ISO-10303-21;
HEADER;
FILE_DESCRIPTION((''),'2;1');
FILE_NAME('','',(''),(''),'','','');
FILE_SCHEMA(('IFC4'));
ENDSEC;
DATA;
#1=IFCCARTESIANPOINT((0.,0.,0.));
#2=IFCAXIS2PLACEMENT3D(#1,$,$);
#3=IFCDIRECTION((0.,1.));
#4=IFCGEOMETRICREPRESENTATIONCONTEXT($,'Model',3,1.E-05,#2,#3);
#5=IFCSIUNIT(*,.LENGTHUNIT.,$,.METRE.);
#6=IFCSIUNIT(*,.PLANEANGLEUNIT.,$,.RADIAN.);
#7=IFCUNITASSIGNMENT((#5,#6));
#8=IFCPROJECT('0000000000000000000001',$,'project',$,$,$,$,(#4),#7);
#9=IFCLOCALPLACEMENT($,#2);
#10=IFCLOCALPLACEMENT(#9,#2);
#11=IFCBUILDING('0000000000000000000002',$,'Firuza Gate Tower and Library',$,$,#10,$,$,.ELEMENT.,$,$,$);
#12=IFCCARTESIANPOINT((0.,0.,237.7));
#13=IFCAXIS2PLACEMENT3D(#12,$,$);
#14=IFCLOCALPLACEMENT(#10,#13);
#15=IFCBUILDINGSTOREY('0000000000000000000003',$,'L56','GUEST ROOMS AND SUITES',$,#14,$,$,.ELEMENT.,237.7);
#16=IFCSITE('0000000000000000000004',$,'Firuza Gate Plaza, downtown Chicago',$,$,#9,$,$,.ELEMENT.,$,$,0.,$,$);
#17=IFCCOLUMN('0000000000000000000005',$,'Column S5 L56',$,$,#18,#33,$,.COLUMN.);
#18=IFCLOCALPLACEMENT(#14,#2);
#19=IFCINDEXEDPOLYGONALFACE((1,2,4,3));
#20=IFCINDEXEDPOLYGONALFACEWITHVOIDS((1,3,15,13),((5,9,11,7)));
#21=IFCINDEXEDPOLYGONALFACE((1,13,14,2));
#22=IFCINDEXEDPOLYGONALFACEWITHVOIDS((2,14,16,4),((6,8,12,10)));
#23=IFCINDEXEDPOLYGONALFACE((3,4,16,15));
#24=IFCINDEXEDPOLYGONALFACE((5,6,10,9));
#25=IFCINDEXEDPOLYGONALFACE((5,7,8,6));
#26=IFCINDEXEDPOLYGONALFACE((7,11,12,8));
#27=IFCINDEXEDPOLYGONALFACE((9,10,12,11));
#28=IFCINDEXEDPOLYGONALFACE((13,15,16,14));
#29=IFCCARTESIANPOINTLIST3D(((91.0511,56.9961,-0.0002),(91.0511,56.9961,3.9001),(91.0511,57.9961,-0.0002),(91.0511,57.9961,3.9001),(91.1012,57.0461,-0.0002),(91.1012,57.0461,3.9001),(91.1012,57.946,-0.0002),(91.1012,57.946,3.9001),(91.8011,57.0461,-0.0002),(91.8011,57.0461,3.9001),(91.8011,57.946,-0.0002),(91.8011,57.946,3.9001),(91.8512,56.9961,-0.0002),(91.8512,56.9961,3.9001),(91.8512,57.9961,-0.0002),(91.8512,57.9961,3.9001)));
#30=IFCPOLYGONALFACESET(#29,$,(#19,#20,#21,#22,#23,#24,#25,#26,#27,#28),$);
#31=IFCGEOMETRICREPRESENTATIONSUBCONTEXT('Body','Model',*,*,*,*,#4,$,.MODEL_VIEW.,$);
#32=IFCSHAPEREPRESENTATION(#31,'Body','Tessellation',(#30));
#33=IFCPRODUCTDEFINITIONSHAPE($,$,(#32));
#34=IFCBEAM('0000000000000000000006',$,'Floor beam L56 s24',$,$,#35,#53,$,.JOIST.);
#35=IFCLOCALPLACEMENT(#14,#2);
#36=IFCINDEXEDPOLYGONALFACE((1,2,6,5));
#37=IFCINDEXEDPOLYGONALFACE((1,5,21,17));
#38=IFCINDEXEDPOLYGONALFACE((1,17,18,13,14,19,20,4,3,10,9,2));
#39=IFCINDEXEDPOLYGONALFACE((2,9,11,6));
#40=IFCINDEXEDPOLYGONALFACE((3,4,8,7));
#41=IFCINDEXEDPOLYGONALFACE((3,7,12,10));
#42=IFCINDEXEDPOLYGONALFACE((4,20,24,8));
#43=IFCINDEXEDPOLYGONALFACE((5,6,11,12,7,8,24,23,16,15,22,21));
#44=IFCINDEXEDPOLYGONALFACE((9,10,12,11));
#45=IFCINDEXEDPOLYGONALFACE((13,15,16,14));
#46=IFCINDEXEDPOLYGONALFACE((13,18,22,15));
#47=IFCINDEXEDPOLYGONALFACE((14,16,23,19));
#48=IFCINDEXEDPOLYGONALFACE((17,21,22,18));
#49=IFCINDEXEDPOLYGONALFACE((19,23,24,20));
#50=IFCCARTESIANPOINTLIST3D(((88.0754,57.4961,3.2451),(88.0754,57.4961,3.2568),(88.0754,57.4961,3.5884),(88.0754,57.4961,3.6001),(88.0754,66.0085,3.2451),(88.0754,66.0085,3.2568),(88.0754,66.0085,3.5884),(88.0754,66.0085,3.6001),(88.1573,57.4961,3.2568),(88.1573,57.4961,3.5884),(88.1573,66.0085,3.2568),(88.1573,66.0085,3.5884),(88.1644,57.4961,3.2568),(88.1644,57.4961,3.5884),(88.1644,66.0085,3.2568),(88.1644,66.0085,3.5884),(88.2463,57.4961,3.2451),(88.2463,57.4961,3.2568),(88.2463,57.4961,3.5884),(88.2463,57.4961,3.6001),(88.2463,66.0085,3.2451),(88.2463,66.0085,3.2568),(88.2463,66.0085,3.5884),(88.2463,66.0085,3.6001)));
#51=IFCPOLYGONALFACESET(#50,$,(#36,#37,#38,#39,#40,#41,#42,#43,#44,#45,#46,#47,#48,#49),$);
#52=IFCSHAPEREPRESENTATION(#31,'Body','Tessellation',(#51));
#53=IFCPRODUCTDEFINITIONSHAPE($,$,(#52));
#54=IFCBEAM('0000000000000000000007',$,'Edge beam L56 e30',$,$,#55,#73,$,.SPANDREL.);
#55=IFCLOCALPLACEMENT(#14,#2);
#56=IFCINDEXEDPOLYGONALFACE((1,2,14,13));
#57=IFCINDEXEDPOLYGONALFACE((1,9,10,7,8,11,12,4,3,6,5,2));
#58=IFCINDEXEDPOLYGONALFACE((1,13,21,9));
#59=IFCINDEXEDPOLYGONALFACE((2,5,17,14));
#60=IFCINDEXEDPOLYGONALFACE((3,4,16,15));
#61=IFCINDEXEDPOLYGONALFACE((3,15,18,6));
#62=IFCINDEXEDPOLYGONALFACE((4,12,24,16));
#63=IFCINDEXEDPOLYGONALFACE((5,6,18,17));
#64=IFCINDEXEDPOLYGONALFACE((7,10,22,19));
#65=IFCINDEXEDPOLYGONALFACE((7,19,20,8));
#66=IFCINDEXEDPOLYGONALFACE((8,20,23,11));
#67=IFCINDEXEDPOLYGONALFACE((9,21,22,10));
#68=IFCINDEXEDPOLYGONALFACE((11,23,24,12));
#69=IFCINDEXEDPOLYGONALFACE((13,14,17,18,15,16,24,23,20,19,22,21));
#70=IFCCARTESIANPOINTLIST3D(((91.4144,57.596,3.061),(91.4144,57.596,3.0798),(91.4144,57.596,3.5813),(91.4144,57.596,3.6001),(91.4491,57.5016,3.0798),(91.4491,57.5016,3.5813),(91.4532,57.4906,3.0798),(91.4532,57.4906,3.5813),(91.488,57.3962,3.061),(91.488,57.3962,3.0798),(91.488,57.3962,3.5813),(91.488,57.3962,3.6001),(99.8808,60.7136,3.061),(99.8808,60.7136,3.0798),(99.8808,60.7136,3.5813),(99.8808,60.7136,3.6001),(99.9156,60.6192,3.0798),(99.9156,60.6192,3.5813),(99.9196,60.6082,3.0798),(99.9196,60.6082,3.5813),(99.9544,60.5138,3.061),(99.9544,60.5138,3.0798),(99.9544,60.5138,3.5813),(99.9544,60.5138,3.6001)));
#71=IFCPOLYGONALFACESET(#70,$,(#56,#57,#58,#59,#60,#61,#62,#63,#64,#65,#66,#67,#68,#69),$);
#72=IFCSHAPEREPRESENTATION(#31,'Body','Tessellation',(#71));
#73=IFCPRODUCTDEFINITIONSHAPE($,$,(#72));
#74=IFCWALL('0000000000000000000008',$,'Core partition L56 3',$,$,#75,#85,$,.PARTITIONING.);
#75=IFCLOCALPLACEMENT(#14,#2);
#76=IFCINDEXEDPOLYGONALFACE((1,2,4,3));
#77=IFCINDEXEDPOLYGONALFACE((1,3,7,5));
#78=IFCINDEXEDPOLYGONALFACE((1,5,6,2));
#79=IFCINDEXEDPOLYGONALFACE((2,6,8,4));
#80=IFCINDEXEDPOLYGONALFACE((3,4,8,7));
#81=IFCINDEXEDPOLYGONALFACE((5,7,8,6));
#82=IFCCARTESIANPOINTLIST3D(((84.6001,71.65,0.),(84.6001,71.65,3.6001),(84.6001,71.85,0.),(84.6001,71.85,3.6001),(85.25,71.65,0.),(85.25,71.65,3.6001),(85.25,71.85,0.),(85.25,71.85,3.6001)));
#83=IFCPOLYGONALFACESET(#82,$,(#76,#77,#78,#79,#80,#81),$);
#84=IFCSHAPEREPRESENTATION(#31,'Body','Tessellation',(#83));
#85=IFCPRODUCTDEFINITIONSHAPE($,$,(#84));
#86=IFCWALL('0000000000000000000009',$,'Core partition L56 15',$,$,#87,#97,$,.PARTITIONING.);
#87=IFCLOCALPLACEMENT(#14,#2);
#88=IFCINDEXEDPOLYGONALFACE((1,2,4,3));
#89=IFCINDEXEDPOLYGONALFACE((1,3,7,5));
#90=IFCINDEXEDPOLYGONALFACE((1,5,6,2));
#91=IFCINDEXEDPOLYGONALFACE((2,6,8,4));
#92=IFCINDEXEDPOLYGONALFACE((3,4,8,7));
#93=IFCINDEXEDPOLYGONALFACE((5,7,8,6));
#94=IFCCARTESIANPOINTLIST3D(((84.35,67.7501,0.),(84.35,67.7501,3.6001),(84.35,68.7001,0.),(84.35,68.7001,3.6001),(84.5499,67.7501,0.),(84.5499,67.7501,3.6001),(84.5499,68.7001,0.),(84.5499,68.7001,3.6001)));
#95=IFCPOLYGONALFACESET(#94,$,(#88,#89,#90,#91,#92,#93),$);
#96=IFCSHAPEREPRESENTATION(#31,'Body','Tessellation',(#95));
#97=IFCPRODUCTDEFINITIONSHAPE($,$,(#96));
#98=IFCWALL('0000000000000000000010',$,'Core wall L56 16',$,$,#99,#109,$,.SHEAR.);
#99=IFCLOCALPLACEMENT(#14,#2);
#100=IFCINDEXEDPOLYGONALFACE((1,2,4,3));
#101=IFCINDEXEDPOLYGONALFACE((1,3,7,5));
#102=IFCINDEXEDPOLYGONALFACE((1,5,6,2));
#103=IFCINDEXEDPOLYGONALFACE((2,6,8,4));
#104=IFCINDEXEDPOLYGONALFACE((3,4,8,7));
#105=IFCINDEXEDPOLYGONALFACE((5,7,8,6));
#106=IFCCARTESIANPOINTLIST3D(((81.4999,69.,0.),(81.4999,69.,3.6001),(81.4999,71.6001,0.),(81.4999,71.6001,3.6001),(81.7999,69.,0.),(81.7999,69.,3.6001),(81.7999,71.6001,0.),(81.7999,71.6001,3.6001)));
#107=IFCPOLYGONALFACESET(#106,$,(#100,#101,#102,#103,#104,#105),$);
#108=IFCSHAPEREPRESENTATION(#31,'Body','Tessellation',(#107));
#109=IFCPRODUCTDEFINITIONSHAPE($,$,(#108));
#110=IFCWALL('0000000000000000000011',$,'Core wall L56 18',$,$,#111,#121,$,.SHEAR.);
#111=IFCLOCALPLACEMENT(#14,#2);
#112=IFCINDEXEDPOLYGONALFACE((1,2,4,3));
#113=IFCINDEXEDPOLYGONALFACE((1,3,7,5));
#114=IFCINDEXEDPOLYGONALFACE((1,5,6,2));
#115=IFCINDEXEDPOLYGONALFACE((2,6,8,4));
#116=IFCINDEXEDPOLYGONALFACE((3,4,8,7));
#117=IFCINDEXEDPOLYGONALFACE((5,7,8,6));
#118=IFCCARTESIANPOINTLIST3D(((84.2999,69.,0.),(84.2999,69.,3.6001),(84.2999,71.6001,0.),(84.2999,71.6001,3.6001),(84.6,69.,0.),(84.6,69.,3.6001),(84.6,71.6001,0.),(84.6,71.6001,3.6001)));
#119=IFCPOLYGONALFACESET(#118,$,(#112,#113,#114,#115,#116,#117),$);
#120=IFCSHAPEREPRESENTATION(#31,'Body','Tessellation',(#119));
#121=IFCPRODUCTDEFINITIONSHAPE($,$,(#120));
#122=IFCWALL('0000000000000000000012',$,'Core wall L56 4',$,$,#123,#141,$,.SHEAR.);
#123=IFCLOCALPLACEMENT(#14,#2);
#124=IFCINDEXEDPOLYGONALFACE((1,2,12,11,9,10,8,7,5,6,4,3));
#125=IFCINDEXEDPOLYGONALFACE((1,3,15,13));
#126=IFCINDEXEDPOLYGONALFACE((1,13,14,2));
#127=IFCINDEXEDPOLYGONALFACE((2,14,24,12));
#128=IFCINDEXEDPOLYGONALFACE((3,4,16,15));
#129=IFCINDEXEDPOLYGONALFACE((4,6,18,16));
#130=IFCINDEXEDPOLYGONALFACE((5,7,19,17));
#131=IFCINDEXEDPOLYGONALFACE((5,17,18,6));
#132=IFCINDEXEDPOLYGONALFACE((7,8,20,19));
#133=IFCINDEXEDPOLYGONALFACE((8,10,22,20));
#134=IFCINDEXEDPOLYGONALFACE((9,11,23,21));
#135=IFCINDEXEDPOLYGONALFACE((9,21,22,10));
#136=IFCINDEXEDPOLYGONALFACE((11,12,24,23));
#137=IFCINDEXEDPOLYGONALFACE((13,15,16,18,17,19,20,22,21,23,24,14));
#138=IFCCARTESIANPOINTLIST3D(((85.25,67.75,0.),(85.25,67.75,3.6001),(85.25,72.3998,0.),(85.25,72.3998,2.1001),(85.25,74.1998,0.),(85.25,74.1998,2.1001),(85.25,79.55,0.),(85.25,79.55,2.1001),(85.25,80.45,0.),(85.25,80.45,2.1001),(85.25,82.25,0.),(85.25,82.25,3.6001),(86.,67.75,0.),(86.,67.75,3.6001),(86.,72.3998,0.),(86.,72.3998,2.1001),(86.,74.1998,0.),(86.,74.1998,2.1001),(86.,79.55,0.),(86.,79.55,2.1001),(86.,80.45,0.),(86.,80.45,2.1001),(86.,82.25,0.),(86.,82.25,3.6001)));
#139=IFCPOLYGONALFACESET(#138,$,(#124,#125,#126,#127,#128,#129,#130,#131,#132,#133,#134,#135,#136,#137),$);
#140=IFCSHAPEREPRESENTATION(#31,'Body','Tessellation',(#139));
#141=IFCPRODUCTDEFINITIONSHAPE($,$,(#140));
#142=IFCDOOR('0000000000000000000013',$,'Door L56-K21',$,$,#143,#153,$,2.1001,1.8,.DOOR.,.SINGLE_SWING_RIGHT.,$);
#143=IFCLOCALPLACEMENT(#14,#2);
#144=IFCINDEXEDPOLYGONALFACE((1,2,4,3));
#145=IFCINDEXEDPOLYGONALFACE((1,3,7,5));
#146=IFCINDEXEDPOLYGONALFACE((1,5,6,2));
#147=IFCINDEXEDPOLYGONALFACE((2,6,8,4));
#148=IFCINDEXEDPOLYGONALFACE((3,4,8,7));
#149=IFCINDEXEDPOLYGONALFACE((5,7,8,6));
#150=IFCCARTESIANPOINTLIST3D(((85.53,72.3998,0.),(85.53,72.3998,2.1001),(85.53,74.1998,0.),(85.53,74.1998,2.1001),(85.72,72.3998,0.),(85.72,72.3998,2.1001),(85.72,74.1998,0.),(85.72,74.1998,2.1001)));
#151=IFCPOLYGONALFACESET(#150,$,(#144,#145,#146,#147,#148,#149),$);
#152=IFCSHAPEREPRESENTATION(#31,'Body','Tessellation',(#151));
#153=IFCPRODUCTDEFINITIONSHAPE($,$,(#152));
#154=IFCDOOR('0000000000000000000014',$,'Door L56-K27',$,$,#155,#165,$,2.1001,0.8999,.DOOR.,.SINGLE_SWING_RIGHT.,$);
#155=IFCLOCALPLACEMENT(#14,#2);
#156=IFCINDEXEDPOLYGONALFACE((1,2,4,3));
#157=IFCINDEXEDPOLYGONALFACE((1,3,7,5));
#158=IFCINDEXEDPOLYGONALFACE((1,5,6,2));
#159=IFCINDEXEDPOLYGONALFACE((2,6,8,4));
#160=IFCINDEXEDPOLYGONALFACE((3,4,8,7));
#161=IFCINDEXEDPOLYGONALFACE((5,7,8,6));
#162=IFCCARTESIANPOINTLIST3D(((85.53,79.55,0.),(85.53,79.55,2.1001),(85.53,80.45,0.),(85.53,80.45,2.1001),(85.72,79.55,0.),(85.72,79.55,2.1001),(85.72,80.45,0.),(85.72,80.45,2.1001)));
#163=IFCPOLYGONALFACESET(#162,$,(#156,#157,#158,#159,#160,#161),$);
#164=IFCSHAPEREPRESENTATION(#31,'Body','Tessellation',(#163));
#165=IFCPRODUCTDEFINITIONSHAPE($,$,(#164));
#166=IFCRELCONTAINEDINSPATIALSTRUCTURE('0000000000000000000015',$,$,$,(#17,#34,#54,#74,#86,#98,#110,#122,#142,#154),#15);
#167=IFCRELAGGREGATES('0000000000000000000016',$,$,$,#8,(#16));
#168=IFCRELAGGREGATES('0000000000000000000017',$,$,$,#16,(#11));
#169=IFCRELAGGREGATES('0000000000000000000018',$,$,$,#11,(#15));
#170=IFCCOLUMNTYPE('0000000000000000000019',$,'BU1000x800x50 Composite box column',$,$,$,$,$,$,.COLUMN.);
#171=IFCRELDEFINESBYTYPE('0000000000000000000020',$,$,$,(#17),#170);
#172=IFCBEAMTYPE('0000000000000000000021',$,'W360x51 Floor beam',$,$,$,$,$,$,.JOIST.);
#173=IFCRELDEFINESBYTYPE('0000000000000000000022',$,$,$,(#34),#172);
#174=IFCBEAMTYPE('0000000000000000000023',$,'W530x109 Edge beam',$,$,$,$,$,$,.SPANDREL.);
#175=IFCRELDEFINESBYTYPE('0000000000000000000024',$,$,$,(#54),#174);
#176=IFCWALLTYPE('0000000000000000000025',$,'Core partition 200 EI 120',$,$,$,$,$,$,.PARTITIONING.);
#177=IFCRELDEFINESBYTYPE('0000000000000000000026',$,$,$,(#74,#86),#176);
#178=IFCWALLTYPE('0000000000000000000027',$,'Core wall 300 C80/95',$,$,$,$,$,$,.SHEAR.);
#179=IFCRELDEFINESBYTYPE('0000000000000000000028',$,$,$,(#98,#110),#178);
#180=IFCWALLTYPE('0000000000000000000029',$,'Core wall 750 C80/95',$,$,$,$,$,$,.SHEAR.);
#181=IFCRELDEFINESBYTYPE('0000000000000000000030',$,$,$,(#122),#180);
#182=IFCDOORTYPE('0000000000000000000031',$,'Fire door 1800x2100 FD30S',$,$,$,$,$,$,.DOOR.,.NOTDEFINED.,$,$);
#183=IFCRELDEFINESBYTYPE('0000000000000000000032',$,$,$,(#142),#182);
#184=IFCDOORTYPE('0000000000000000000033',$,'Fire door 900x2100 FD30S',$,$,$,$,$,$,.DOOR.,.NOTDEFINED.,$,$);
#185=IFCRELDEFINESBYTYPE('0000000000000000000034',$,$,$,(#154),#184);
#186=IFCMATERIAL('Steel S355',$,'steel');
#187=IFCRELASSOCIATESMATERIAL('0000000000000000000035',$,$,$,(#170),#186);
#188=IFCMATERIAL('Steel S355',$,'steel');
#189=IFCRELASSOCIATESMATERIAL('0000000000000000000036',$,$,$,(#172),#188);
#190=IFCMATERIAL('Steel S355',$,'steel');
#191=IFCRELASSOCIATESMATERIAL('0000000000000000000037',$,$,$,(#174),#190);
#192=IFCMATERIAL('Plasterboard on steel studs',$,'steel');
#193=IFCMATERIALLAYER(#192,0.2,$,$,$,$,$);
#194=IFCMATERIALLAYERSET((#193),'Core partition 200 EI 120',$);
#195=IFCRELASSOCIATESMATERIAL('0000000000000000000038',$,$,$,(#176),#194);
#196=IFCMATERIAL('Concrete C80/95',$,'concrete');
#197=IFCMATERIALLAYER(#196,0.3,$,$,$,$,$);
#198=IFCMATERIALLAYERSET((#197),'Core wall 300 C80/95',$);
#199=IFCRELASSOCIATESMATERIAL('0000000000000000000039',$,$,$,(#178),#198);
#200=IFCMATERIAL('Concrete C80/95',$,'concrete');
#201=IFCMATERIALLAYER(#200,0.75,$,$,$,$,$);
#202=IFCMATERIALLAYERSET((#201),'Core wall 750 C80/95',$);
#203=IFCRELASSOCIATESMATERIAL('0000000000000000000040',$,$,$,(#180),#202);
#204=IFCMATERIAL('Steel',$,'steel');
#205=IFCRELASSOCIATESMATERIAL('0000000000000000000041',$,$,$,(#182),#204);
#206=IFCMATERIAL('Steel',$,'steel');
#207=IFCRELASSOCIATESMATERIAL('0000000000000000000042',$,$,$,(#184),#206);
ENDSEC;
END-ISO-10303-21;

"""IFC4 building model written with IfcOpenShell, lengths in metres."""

from ifc_helpers import new_model, si_unit, direction, frame, frame_2d, origin, origin_2d, place, context, subcontext, project, spatial, rectangle, hollow_rectangle, i_section, extrude, material, layer, layer_set, material_profile, profile_set, type_object, element, fill, save


model = new_model("IFC4")

# Units and contexts
model_context = context("Model", 3, precision=1e-05, world=origin(), true_north=direction((0.0, 1.0)))
body_context = subcontext(model_context, "Body", "Model", "MODEL_VIEW")
ifc_project = project(units=[si_unit("LENGTHUNIT", "METRE"), si_unit("PLANEANGLEUNIT", "RADIAN")], contexts=[model_context])

# Site, building, storey
site_placement = place(None, origin())
site = spatial("IfcSite", under=ifc_project, at=site_placement, Name="Firuza Gate Plaza, downtown Chicago", CompositionType="ELEMENT", RefElevation=0.0)
building_placement = place(site_placement, origin())
building = spatial("IfcBuilding", under=site, at=building_placement, Name="Firuza Gate Tower and Library", CompositionType="ELEMENT")
storey_placement = place(building_placement, frame((0.0, 0.0, 237.7)))
storey = spatial("IfcBuildingStorey", under=building, at=storey_placement, Name="L56", Description="GUEST ROOMS AND SUITES", CompositionType="ELEMENT", Elevation=237.7)

# Column
ifc_material_1 = material(Name="Steel S355", Category="steel")
ifc_material_profile_1 = material_profile(ifc_material_1, hollow_rectangle(XDim=0.8, YDim=1.0, WallThickness=0.05, at=origin_2d()))
ifc_profile_set_1 = profile_set([ifc_material_profile_1], Name="Steel S355")
column_type = type_object("IfcColumnType", Name="BU1000x800x50 Composite box column", PredefinedType="COLUMN", material=ifc_profile_set_1)
column_placement = place(storey_placement, frame((91.4512, 57.4961, -0.0002), z_axis=(0.0, 0.0, 1.0), x_axis=(1.0, 0.0, 0.0)))
element("IfcColumn", 1, at=column_placement, inside=storey, type_object=column_type, Name="Column S5 L56", PredefinedType="COLUMN", context=body_context, shape_type="SweptSolid", body=[
    extrude(hollow_rectangle(XDim=0.8, YDim=1.0, WallThickness=0.05, at=origin_2d()), origin(), (0.0, 0.0, 1.0), 3.9004),
])

# Beams
ifc_material_2 = material(Name="Steel S355", Category="steel")
ifc_material_profile_2 = material_profile(ifc_material_2, i_section(OverallWidth=0.1709, OverallDepth=0.355, WebThickness=0.0071, FlangeThickness=0.0117, at=origin_2d()))
ifc_profile_set_2 = profile_set([ifc_material_profile_2], Name="Steel S355")
beam_type_1 = type_object("IfcBeamType", Name="W360x51 Floor beam", PredefinedType="JOIST", material=ifc_profile_set_2)
beam_1_placement = place(storey_placement, frame((88.1609, 57.4961, 3.4226), z_axis=(0.0, 1.0, 0.0), x_axis=(-1.0, 0.0, 0.0)))
element("IfcBeam", 2, at=beam_1_placement, inside=storey, type_object=beam_type_1, Name="Floor beam L56 s24", PredefinedType="JOIST", context=body_context, shape_type="SweptSolid", body=[
    extrude(i_section(OverallWidth=0.1709, OverallDepth=0.355, WebThickness=0.0071, FlangeThickness=0.0117, at=origin_2d()), origin(), (0.0, 0.0, 1.0), 8.5125),
])
ifc_material_3 = material(Name="Steel S355", Category="steel")
ifc_material_profile_3 = material_profile(ifc_material_3, i_section(OverallWidth=0.2129, OverallDepth=0.5391, WebThickness=0.0117, FlangeThickness=0.0188, at=origin_2d()))
ifc_profile_set_3 = profile_set([ifc_material_profile_3], Name="Steel S355")
beam_type_2 = type_object("IfcBeamType", Name="W530x109 Edge beam", PredefinedType="SPANDREL", material=ifc_profile_set_3)
beam_2_placement = place(storey_placement, frame((91.4512, 57.4961, 3.3306), z_axis=(0.9384, 0.345551, 0.0), x_axis=(-0.345551, 0.9384, 0.0)))
element("IfcBeam", 3, at=beam_2_placement, inside=storey, type_object=beam_type_2, Name="Edge beam L56 e30", PredefinedType="SPANDREL", context=body_context, shape_type="SweptSolid", body=[
    extrude(i_section(OverallWidth=0.2129, OverallDepth=0.5391, WebThickness=0.0117, FlangeThickness=0.0188, at=origin_2d()), origin(), (0.0, 0.0, 1.0), 9.0222),
])

# Walls
ifc_material_4 = material(Name="Plasterboard on steel studs", Category="steel")
ifc_layer_1 = layer(ifc_material_4, 0.2)
ifc_layer_set_1 = layer_set([ifc_layer_1], Name="Core partition 200 EI 120")
wall_type_1 = type_object("IfcWallType", Name="Core partition 200 EI 120", PredefinedType="PARTITIONING", material=ifc_layer_set_1)
wall_1_placement = place(storey_placement, frame((84.6001, 71.75, 0.0), z_axis=(0.0, 0.0, 1.0), x_axis=(1.0, 0.0, 0.0)))
element("IfcWall", 4, at=wall_1_placement, inside=storey, type_object=wall_type_1, Name="Core partition L56 3", PredefinedType="PARTITIONING", context=body_context, shape_type="SweptSolid", body=[
    extrude(rectangle(XDim=0.6499, YDim=0.2, at=frame_2d((0.325, 0.0))), origin(), (0.0, 0.0, 1.0), 3.6001),
])
wall_2_placement = place(storey_placement, frame((84.45, 67.75, 0.0), z_axis=(0.0, 0.0, 1.0), x_axis=(0.0, 1.0, 0.0)))
element("IfcWall", 5, at=wall_2_placement, inside=storey, type_object=wall_type_1, Name="Core partition L56 15", PredefinedType="PARTITIONING", context=body_context, shape_type="SweptSolid", body=[
    extrude(rectangle(XDim=0.95, YDim=0.2, at=frame_2d((0.4751, 0.0))), origin(), (0.0, 0.0, 1.0), 3.6001),
])
ifc_material_5 = material(Name="Concrete C80/95", Category="concrete")
ifc_layer_2 = layer(ifc_material_5, 0.3)
ifc_layer_set_2 = layer_set([ifc_layer_2], Name="Core wall 300 C80/95")
wall_type_2 = type_object("IfcWallType", Name="Core wall 300 C80/95", PredefinedType="SHEAR", material=ifc_layer_set_2)
for number, where, z_axis, x_axis, name in (
    (6, (81.6499, 69.0, 0.0), (0.0, 0.0, 1.0), (0.0, 1.0, 0.0), "Core wall L56 16"),
    (7, (84.45, 69.0, 0.0), (0.0, 0.0, 1.0), (0.0, 1.0, 0.0), "Core wall L56 18"),
):
    element("IfcWall", number, at=place(storey_placement, frame(where, z_axis=z_axis, x_axis=x_axis)), inside=storey, type_object=wall_type_2, Name=name, PredefinedType="SHEAR", context=body_context, shape_type="SweptSolid", body=[
        extrude(rectangle(XDim=2.6001, YDim=0.3, at=frame_2d((1.3, 0.0))), origin(), (0.0, 0.0, 1.0), 3.6001),
    ])

# Wall, openings, doors
ifc_material_6 = material(Name="Concrete C80/95", Category="concrete")
ifc_layer_3 = layer(ifc_material_6, 0.75)
ifc_layer_set_3 = layer_set([ifc_layer_3], Name="Core wall 750 C80/95")
wall_type_3 = type_object("IfcWallType", Name="Core wall 750 C80/95", PredefinedType="SHEAR", material=ifc_layer_set_3)
wall_3_placement = place(storey_placement, frame((85.625, 67.75, 0.0), z_axis=(0.0, 0.0, 1.0), x_axis=(0.0, 1.0, 0.0)))
wall_3 = element("IfcWall", 8, at=wall_3_placement, inside=storey, type_object=wall_type_3, Name="Core wall L56 4", PredefinedType="SHEAR", context=body_context, shape_type="SweptSolid", body=[
    extrude(rectangle(XDim=14.5, YDim=0.75, at=frame_2d((7.25, 0.0))), origin(), (0.0, 0.0, 1.0), 3.6001),
])
opening_1_placement = place(wall_3_placement, frame((4.6499, 0.0, 0.0)))
opening_1 = element("IfcOpeningElement", 9, at=opening_1_placement, cuts=wall_3, PredefinedType="OPENING", context=body_context, shape_type="SweptSolid", body=[
    extrude(rectangle(XDim=1.8, YDim=2.1001, at=frame_2d((0.8999, 1.05))), frame((0.0, 0.385, 0.0), z_axis=(0.0, -1.0, 0.0), x_axis=(1.0, 0.0, 0.0)), (0.0, 0.0, 1.0), 0.77),
])
opening_2_placement = place(wall_3_placement, frame((11.8, 0.0, 0.0)))
opening_2 = element("IfcOpeningElement", 10, at=opening_2_placement, cuts=wall_3, PredefinedType="OPENING", context=body_context, shape_type="SweptSolid", body=[
    extrude(rectangle(XDim=0.8999, YDim=2.1001, at=frame_2d((0.45, 1.05))), frame((0.0, 0.385, 0.0), z_axis=(0.0, -1.0, 0.0), x_axis=(1.0, 0.0, 0.0)), (0.0, 0.0, 1.0), 0.77),
])
ifc_material_7 = material(Name="Steel", Category="steel")
door_type_1 = type_object("IfcDoorType", Name="Fire door 1800x2100 FD30S", OperationType="NOTDEFINED", PredefinedType="DOOR", material=ifc_material_7)
door_1_placement = place(opening_1_placement, origin())
door_1 = element("IfcDoor", 11, at=door_1_placement, inside=storey, type_object=door_type_1, Name="Door L56-K21", OperationType="SINGLE_SWING_RIGHT", OverallHeight=2.1001, OverallWidth=1.8, PredefinedType="DOOR", context=body_context, shape_type="SweptSolid", body=[
    extrude(rectangle(XDim=1.8, YDim=2.1001, at=frame_2d((0.8999, 1.05))), frame((0.0, 0.095, 0.0), z_axis=(0.0, -1.0, 0.0), x_axis=(1.0, 0.0, 0.0)), (0.0, 0.0, 1.0), 0.1899),
])
fill(opening_1, door_1)
ifc_material_8 = material(Name="Steel", Category="steel")
door_type_2 = type_object("IfcDoorType", Name="Fire door 900x2100 FD30S", OperationType="NOTDEFINED", PredefinedType="DOOR", material=ifc_material_8)
door_2_placement = place(opening_2_placement, origin())
door_2 = element("IfcDoor", 12, at=door_2_placement, inside=storey, type_object=door_type_2, Name="Door L56-K27", OperationType="SINGLE_SWING_RIGHT", OverallHeight=2.1001, OverallWidth=0.8999, PredefinedType="DOOR", context=body_context, shape_type="SweptSolid", body=[
    extrude(rectangle(XDim=0.8999, YDim=2.1001, at=frame_2d((0.45, 1.05))), frame((0.0, 0.095, 0.0), z_axis=(0.0, -1.0, 0.0), x_axis=(1.0, 0.0, 0.0)), (0.0, 0.0, 1.0), 0.1899),
])
fill(opening_2, door_2)

save(model, "model.ifc")
